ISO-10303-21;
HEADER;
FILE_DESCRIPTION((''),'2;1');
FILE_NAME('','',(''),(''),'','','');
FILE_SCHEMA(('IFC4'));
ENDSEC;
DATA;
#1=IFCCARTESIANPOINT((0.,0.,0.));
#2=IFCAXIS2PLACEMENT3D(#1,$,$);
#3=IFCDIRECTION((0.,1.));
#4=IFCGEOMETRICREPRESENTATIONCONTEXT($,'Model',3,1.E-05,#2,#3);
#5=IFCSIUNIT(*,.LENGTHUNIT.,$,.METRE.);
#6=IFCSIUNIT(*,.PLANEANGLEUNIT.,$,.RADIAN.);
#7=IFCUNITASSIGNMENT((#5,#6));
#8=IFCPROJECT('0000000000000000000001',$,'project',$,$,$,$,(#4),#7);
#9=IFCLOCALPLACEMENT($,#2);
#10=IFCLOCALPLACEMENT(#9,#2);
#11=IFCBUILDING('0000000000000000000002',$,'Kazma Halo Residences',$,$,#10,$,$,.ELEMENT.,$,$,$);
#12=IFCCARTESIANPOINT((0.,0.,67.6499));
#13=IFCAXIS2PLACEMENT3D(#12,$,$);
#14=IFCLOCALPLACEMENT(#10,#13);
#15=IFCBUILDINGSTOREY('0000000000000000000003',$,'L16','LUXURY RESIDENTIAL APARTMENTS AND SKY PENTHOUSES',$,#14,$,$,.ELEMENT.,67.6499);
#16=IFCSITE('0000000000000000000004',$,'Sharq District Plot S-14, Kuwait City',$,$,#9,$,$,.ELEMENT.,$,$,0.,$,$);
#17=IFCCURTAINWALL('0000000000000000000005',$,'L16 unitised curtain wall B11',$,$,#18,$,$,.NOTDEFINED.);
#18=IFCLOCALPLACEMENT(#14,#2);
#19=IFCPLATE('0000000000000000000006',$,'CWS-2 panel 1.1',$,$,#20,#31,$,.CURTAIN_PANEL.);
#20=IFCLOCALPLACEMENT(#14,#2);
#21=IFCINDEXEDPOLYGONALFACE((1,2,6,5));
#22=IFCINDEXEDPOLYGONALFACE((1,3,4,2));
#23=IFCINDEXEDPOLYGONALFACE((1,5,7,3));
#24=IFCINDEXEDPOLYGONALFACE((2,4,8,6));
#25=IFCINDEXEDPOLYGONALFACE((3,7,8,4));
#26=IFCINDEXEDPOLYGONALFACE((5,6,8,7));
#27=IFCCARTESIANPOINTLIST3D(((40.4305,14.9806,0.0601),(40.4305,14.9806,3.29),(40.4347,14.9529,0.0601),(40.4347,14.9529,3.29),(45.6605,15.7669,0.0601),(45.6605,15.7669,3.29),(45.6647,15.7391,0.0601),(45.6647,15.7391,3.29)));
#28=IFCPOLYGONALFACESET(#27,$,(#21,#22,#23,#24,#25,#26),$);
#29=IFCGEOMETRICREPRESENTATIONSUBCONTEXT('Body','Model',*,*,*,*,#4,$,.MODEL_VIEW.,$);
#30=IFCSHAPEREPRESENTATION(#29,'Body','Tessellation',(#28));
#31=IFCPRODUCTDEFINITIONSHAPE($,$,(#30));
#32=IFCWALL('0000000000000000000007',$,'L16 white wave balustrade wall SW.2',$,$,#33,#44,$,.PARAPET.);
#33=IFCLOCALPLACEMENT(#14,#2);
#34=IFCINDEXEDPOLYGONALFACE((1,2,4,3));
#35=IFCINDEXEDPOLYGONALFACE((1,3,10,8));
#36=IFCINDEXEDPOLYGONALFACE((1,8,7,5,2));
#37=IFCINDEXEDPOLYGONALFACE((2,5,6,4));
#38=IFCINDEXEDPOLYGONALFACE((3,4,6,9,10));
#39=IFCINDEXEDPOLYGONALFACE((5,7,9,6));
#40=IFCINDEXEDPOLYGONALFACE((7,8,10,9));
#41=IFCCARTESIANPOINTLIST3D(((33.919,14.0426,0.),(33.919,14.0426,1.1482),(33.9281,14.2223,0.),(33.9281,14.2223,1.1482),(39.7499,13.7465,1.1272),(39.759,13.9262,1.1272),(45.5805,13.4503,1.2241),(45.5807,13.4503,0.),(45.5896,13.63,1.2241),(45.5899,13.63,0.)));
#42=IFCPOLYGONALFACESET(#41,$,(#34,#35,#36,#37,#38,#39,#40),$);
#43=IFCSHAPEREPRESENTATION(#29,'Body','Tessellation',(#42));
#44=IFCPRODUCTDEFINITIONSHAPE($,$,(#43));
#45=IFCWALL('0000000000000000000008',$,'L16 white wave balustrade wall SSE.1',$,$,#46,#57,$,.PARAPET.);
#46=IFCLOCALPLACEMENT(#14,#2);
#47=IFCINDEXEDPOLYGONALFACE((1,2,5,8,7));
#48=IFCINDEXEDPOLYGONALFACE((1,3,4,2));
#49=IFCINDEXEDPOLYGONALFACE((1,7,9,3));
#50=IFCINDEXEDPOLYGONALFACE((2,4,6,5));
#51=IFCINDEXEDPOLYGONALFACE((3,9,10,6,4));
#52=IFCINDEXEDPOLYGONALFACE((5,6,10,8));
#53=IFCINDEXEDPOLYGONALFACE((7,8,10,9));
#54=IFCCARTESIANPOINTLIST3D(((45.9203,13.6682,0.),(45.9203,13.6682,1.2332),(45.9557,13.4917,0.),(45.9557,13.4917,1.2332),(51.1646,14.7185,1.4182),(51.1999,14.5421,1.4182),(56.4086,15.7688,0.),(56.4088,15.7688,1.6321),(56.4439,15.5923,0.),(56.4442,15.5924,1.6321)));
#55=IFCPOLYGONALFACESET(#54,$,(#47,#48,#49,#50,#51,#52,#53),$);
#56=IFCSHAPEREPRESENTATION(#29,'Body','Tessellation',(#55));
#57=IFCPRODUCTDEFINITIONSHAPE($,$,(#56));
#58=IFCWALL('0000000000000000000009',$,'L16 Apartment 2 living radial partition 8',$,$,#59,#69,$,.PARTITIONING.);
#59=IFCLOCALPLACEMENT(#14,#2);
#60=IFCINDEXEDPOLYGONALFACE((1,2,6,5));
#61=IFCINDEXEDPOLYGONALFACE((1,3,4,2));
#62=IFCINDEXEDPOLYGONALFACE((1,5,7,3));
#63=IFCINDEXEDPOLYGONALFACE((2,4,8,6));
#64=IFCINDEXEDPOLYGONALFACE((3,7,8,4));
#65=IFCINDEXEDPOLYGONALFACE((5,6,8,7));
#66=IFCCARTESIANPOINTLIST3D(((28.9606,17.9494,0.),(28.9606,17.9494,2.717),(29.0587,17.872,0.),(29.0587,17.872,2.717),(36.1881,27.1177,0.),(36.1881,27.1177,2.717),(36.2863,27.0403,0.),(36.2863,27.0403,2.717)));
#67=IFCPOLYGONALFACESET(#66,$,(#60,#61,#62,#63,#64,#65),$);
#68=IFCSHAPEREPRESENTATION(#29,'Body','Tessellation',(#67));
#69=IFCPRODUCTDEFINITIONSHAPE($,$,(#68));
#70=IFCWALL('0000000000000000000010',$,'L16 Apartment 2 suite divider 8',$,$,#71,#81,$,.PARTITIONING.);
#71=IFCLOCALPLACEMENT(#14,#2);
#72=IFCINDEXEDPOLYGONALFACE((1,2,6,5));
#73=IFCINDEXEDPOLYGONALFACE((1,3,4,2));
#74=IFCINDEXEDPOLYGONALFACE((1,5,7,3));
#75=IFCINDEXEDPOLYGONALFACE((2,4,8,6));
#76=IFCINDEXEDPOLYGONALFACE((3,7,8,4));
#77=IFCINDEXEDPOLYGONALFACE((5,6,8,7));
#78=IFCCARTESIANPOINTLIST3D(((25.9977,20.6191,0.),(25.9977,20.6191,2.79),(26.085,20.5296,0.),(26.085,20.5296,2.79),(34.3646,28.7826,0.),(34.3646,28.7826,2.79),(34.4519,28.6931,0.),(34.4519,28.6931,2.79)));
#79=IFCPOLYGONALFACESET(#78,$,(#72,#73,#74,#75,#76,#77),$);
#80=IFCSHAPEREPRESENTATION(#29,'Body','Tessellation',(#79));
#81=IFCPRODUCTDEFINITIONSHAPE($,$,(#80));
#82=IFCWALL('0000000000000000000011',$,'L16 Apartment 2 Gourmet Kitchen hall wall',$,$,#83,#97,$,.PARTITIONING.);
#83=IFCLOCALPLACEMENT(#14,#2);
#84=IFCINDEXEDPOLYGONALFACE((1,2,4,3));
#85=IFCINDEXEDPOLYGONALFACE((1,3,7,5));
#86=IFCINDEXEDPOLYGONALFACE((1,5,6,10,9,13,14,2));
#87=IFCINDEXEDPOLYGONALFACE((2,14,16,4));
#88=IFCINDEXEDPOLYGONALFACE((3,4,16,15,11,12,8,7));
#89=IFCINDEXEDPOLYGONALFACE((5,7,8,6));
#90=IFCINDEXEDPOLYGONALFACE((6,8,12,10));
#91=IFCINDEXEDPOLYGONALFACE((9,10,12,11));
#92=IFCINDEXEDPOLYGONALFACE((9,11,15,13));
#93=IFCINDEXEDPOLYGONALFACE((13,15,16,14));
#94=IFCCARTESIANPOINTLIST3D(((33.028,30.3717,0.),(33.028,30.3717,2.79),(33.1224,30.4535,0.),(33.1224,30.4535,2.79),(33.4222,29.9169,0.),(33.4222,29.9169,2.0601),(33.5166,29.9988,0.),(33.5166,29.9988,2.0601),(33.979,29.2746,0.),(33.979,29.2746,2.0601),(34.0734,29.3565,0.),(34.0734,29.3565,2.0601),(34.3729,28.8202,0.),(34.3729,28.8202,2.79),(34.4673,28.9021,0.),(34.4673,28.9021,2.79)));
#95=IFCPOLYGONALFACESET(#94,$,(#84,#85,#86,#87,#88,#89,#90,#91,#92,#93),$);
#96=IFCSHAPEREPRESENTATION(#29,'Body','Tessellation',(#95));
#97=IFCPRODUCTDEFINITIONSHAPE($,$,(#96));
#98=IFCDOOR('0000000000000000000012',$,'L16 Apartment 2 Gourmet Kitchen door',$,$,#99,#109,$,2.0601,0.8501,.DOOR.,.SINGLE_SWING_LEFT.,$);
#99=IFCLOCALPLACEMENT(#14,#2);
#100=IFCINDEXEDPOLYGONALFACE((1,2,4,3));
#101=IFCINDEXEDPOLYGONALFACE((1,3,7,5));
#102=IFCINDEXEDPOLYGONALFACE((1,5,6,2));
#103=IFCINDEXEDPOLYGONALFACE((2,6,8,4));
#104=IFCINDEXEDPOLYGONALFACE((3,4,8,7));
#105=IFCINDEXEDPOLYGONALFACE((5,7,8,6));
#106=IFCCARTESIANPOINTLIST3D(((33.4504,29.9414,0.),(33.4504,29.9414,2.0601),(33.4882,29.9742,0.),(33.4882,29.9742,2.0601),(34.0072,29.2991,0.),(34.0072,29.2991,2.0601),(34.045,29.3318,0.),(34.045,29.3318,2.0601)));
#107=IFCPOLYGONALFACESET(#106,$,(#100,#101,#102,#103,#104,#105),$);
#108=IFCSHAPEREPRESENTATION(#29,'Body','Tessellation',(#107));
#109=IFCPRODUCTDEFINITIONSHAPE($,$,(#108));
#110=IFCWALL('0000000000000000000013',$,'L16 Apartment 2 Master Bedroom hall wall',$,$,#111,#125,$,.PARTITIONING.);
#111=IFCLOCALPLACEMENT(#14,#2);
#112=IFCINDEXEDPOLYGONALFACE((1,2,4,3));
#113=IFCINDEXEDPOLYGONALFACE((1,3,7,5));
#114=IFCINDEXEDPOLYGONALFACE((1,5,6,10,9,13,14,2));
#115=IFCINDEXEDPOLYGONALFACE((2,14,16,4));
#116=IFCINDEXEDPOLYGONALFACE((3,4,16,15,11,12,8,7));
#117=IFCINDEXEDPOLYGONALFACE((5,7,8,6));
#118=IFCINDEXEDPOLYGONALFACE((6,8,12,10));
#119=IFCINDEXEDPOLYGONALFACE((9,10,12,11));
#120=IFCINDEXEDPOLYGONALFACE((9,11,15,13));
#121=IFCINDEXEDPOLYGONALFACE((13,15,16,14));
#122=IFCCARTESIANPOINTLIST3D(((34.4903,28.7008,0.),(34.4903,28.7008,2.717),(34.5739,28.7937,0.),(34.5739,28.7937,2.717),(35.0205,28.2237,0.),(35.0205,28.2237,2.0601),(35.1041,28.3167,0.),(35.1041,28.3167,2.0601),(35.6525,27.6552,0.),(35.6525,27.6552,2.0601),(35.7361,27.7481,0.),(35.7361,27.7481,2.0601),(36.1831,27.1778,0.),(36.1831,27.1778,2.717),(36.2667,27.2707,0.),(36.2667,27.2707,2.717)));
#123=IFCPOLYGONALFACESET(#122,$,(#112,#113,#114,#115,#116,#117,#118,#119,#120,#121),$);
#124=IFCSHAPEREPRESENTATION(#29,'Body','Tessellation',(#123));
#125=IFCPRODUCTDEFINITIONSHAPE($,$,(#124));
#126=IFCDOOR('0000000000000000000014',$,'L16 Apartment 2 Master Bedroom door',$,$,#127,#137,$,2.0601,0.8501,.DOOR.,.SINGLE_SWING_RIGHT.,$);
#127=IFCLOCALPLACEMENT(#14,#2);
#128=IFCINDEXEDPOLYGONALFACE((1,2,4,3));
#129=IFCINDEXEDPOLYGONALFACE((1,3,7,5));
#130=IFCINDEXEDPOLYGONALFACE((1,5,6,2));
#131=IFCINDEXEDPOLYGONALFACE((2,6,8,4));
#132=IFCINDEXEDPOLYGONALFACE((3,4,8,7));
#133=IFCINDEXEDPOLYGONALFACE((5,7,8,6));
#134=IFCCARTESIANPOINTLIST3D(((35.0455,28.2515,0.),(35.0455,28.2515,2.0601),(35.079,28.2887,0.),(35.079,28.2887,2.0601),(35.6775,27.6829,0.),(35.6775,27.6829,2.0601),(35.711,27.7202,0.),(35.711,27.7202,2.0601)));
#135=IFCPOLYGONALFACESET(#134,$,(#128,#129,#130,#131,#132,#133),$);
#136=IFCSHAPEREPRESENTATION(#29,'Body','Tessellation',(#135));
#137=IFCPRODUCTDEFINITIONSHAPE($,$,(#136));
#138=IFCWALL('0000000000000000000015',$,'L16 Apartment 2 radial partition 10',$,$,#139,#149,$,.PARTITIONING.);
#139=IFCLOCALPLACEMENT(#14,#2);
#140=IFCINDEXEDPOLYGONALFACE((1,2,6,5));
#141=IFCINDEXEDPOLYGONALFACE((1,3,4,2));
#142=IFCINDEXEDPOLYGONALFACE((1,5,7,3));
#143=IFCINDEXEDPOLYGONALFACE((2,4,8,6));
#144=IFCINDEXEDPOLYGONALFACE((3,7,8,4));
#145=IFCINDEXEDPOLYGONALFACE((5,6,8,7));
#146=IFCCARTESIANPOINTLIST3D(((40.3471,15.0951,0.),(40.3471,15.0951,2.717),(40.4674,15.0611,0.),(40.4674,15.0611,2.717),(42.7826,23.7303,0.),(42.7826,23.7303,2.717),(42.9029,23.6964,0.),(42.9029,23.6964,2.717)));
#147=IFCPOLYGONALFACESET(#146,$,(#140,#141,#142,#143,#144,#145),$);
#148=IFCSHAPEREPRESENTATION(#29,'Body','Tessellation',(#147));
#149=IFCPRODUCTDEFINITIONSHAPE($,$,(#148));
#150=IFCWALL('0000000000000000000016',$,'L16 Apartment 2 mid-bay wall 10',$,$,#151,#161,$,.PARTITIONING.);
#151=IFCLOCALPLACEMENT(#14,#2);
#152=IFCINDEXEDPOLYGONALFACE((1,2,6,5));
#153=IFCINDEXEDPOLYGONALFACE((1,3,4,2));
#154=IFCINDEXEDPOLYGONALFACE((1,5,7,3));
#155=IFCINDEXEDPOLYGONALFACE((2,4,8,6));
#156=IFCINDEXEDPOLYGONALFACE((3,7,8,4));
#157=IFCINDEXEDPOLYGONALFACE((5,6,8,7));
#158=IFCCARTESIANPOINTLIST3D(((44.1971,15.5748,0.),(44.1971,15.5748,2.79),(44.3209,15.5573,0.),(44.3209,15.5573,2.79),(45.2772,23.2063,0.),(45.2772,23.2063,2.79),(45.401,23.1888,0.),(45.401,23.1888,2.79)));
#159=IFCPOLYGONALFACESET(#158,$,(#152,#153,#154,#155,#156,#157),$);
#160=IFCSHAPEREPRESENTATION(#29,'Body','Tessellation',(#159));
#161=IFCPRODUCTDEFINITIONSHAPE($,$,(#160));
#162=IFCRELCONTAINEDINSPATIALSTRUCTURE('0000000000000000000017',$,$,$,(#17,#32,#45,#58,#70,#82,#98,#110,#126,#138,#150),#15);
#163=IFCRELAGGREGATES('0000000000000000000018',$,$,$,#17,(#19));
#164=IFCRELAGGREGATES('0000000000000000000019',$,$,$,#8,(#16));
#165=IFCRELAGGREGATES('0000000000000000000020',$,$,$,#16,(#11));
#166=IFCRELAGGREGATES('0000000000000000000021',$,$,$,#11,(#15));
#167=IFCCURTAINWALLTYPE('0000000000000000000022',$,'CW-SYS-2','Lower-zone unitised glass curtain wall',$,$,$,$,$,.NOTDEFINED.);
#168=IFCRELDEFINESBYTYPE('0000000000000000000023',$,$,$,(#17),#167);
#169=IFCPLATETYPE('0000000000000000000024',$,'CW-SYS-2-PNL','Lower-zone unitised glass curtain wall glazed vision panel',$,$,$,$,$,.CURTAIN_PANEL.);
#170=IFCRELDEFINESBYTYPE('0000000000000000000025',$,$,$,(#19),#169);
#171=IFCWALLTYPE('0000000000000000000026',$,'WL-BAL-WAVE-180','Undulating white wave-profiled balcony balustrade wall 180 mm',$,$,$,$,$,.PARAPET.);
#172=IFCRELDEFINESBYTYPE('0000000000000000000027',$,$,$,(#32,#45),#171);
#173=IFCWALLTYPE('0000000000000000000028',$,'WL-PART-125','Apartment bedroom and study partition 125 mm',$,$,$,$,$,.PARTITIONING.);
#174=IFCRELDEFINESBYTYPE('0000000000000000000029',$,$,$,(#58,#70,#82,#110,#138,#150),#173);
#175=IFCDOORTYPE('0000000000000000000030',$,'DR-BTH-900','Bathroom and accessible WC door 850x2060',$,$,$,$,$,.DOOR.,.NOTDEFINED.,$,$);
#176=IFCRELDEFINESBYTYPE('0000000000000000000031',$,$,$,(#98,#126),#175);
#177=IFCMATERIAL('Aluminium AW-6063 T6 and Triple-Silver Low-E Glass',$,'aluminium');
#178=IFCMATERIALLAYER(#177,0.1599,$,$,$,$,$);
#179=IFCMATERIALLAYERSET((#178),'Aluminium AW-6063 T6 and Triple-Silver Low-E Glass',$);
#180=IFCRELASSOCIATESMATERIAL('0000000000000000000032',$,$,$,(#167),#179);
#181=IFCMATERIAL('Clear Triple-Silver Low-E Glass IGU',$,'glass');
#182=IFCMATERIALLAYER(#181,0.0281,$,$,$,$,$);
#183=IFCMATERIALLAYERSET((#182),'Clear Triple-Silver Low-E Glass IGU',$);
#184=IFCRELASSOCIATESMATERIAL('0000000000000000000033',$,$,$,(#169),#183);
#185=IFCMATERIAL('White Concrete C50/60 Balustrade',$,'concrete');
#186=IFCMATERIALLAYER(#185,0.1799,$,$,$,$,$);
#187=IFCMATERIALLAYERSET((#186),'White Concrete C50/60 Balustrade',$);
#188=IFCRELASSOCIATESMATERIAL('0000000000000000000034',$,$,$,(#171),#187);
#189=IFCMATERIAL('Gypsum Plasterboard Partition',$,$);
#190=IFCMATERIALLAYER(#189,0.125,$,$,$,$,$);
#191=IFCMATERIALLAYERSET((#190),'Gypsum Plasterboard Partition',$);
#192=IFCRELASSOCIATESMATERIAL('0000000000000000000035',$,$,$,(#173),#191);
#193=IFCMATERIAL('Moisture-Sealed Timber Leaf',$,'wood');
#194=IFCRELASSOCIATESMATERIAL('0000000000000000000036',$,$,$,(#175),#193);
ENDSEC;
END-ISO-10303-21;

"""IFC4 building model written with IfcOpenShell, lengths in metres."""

from ifc_helpers import new_model, si_unit, direction, frame, frame_2d, origin, origin_2d, place, context, subcontext, project, spatial, polyline, rectangle, outline, extrude, material, layer, layer_set, type_object, element, fill, aggregate, save


model = new_model("IFC4")

# Units and contexts
model_context = context("Model", 3, precision=1e-05, world=origin(), true_north=direction((0.0, 1.0)))
body_context = subcontext(model_context, "Body", "Model", "MODEL_VIEW")
ifc_project = project(units=[si_unit("LENGTHUNIT", "METRE"), si_unit("PLANEANGLEUNIT", "RADIAN")], contexts=[model_context])

# Site, building, storey
site_placement = place(None, origin())
site = spatial("IfcSite", under=ifc_project, at=site_placement, Name="Sharq District Plot S-14, Kuwait City", CompositionType="ELEMENT", RefElevation=0.0)
building_placement = place(site_placement, origin())
building = spatial("IfcBuilding", under=site, at=building_placement, Name="Kazma Halo Residences", CompositionType="ELEMENT")
storey_placement = place(building_placement, frame((0.0, 0.0, 67.6499)))
storey = spatial("IfcBuildingStorey", under=building, at=storey_placement, Name="L16", Description="LUXURY RESIDENTIAL APARTMENTS AND SKY PENTHOUSES", CompositionType="ELEMENT", Elevation=67.6499)

# Curtain wall, plate
ifc_material_1 = material(Name="Aluminium AW-6063 T6 and Triple-Silver Low-E Glass", Category="aluminium")
ifc_layer_1 = layer(ifc_material_1, 0.1599)
ifc_layer_set_1 = layer_set([ifc_layer_1], Name="Aluminium AW-6063 T6 and Triple-Silver Low-E Glass")
curtain_wall_type = type_object("IfcCurtainWallType", Name="CW-SYS-2", Description="Lower-zone unitised glass curtain wall", PredefinedType="NOTDEFINED", material=ifc_layer_set_1)
curtain_wall_placement = place(storey_placement, origin())
curtain_wall = element("IfcCurtainWall", 1, at=curtain_wall_placement, inside=storey, type_object=curtain_wall_type, Name="L16 unitised curtain wall B11", PredefinedType="NOTDEFINED")
ifc_material_2 = material(Name="Clear Triple-Silver Low-E Glass IGU", Category="glass")
ifc_layer_2 = layer(ifc_material_2, 0.0281)
ifc_layer_set_2 = layer_set([ifc_layer_2], Name="Clear Triple-Silver Low-E Glass IGU")
plate_type = type_object("IfcPlateType", Name="CW-SYS-2-PNL", Description="Lower-zone unitised glass curtain wall glazed vision panel", PredefinedType="CURTAIN_PANEL", material=ifc_layer_set_2)
plate_placement = place(storey_placement, frame((43.0476, 15.3599, 0.0601), z_axis=(0.0, 0.0, 1.0), x_axis=(0.988889, 0.148657, 0.0)))
plate = element("IfcPlate", 2, at=plate_placement, type_object=plate_type, Name="CWS-2 panel 1.1", PredefinedType="CURTAIN_PANEL", context=body_context, shape_type="SweptSolid", body=[
    extrude(rectangle(XDim=5.2888, YDim=0.0281, at=origin_2d()), origin(), (0.0, 0.0, 1.0), 3.23),
])
aggregate(curtain_wall, [plate])

# Walls
ifc_material_3 = material(Name="White Concrete C50/60 Balustrade", Category="concrete")
ifc_layer_3 = layer(ifc_material_3, 0.1799)
ifc_layer_set_3 = layer_set([ifc_layer_3], Name="White Concrete C50/60 Balustrade")
wall_type_1 = type_object("IfcWallType", Name="WL-BAL-WAVE-180", Description="Undulating white wave-profiled balcony balustrade wall 180 mm", PredefinedType="PARAPET", material=ifc_layer_set_3)
wall_1_placement = place(storey_placement, frame((33.9236, 14.1326, 0.0), z_axis=(0.0, 0.0, 1.0), x_axis=(0.998713, -0.050724, 0.0)))
element("IfcWall", 3, at=wall_1_placement, inside=storey, type_object=wall_type_1, Name="L16 white wave balustrade wall SW.2", PredefinedType="PARAPET", context=body_context, shape_type="SweptSolid", body=[
    extrude(outline(polyline([(0.0, 0.0), (11.6768, 0.0), (11.6765, 1.2241), (5.8384, 1.1272), (0.0, 1.1482), (0.0, 0.0)])), frame((0.0, 0.0898, 0.0), z_axis=(0.0, -1.0, 0.0), x_axis=(1.0, 0.0, 0.0)), (0.0, 0.0, 1.0), 0.1799),
])
wall_2_placement = place(storey_placement, frame((45.938, 13.5801, 0.0), z_axis=(0.0, 0.0, 1.0), x_axis=(0.980528, 0.196379, 0.0)))
element("IfcWall", 4, at=wall_2_placement, inside=storey, type_object=wall_type_1, Name="L16 white wave balustrade wall SSE.1", PredefinedType="PARAPET", context=body_context, shape_type="SweptSolid", body=[
    extrude(outline(polyline([(0.0, 0.0), (10.6965, 0.0), (10.6968, 1.6321), (5.3484, 1.4182), (0.0, 1.2332), (0.0, 0.0)])), frame((0.0, 0.0898, 0.0), z_axis=(0.0, -1.0, 0.0), x_axis=(1.0, 0.0, 0.0)), (0.0, 0.0, 1.0), 0.1799),
])
ifc_material_4 = material(Name="Gypsum Plasterboard Partition")
ifc_layer_4 = layer(ifc_material_4, 0.125)
ifc_layer_set_4 = layer_set([ifc_layer_4], Name="Gypsum Plasterboard Partition")
wall_type_2 = type_object("IfcWallType", Name="WL-PART-125", Description="Apartment bedroom and study partition 125 mm", PredefinedType="PARTITIONING", material=ifc_layer_set_4)
wall_3_placement = place(storey_placement, frame((36.2373, 27.0791, 0.0), z_axis=(0.0, 0.0, 1.0), x_axis=(-0.619089, -0.785321, 0.0)))
element("IfcWall", 5, at=wall_3_placement, inside=storey, type_object=wall_type_2, Name="L16 Apartment 2 living radial partition 8", PredefinedType="PARTITIONING", context=body_context, shape_type="SweptSolid", body=[
    extrude(rectangle(XDim=11.6746, YDim=0.125, at=frame_2d((5.8374, 0.0))), origin(), (0.0, 0.0, 1.0), 2.717),
])
wall_4_placement = place(storey_placement, frame((34.4082, 28.7378, 0.0), z_axis=(0.0, 0.0, 1.0), x_axis=(-0.715752, -0.698355, 0.0)))
element("IfcWall", 6, at=wall_4_placement, inside=storey, type_object=wall_type_2, Name="L16 Apartment 2 suite divider 8", PredefinedType="PARTITIONING", context=body_context, shape_type="SweptSolid", body=[
    extrude(rectangle(XDim=11.6897, YDim=0.125, at=frame_2d((5.8447, 0.0))), origin(), (0.0, 0.0, 1.0), 2.79),
])

# Walls, openings, doors
wall_5_placement = place(storey_placement, frame((33.0752, 30.4126, 0.0), z_axis=(0.0, 0.0, 1.0), x_axis=(0.655021, -0.755611, 0.0)))
wall_5 = element("IfcWall", 7, at=wall_5_placement, inside=storey, type_object=wall_type_2, Name="L16 Apartment 2 Gourmet Kitchen hall wall", PredefinedType="PARTITIONING", context=body_context, shape_type="SweptSolid", body=[
    extrude(rectangle(XDim=2.0532, YDim=0.125, at=frame_2d((1.0266, 0.0))), origin(), (0.0, 0.0, 1.0), 2.79),
])
opening_1_placement = place(wall_5_placement, frame((0.6018, 0.0, 0.0)))
opening_1 = element("IfcOpeningElement", 8, at=opening_1_placement, cuts=wall_5, PredefinedType="OPENING", context=body_context, shape_type="SweptSolid", body=[
    extrude(rectangle(XDim=0.8501, YDim=2.0601, at=frame_2d((0.425, 1.03))), frame((0.0, 0.0725, 0.0), z_axis=(0.0, -1.0, 0.0), x_axis=(1.0, 0.0, 0.0)), (0.0, 0.0, 1.0), 0.145),
])
ifc_material_5 = material(Name="Moisture-Sealed Timber Leaf", Category="wood")
door_type_1 = type_object("IfcDoorType", Name="DR-BTH-900", Description="Bathroom and accessible WC door 850x2060", OperationType="NOTDEFINED", PredefinedType="DOOR", material=ifc_material_5)
door_1_placement = place(opening_1_placement, origin())
door_1 = element("IfcDoor", 9, at=door_1_placement, inside=storey, type_object=door_type_1, Name="L16 Apartment 2 Gourmet Kitchen door", OperationType="SINGLE_SWING_LEFT", OverallHeight=2.0601, OverallWidth=0.8501, PredefinedType="DOOR", context=body_context, shape_type="SweptSolid", body=[
    extrude(rectangle(XDim=0.8501, YDim=2.0601, at=frame_2d((0.425, 1.03))), frame((0.0, 0.0249, 0.0), z_axis=(0.0, -1.0, 0.0), x_axis=(1.0, 0.0, 0.0)), (0.0, 0.0, 1.0), 0.05),
])
fill(opening_1, door_1)
wall_6_placement = place(storey_placement, frame((34.532, 28.7473, 0.0), z_axis=(0.0, 0.0, 1.0), x_axis=(0.743433, -0.668811, 0.0)))
wall_6 = element("IfcWall", 10, at=wall_6_placement, inside=storey, type_object=wall_type_2, Name="L16 Apartment 2 Master Bedroom hall wall", PredefinedType="PARTITIONING", context=body_context, shape_type="SweptSolid", body=[
    extrude(rectangle(XDim=2.2771, YDim=0.125, at=frame_2d((1.1387, 0.0))), origin(), (0.0, 0.0, 1.0), 2.717),
])
opening_2_placement = place(wall_6_placement, frame((0.7134, 0.0, 0.0)))
opening_2 = element("IfcOpeningElement", 11, at=opening_2_placement, cuts=wall_6, PredefinedType="OPENING", context=body_context, shape_type="SweptSolid", body=[
    extrude(rectangle(XDim=0.8501, YDim=2.0601, at=frame_2d((0.425, 1.03))), frame((0.0, 0.0725, 0.0), z_axis=(0.0, -1.0, 0.0), x_axis=(1.0, 0.0, 0.0)), (0.0, 0.0, 1.0), 0.145),
])
door_2_placement = place(opening_2_placement, origin())
door_2 = element("IfcDoor", 12, at=door_2_placement, inside=storey, type_object=door_type_1, Name="L16 Apartment 2 Master Bedroom door", OperationType="SINGLE_SWING_RIGHT", OverallHeight=2.0601, OverallWidth=0.8501, PredefinedType="DOOR", context=body_context, shape_type="SweptSolid", body=[
    extrude(rectangle(XDim=0.8501, YDim=2.0601, at=frame_2d((0.425, 1.03))), frame((0.0, 0.0249, 0.0), z_axis=(0.0, -1.0, 0.0), x_axis=(1.0, 0.0, 0.0)), (0.0, 0.0, 1.0), 0.05),
])
fill(opening_2, door_2)

# Walls
wall_7_placement = place(storey_placement, frame((42.8428, 23.7134, 0.0), z_axis=(0.0, 0.0, 1.0), x_axis=(-0.271456, -0.962451, 0.0)))
element("IfcWall", 13, at=wall_7_placement, inside=storey, type_object=wall_type_2, Name="L16 Apartment 2 radial partition 10", PredefinedType="PARTITIONING", context=body_context, shape_type="SweptSolid", body=[
    extrude(rectangle(XDim=8.9722, YDim=0.125, at=frame_2d((4.4861, 0.0))), origin(), (0.0, 0.0, 1.0), 2.717),
])
wall_8_placement = place(storey_placement, frame((45.3391, 23.1975, 0.0), z_axis=(0.0, 0.0, 1.0), x_axis=(-0.140135, -0.990132, 0.0)))
element("IfcWall", 14, at=wall_8_placement, inside=storey, type_object=wall_type_2, Name="L16 Apartment 2 mid-bay wall 10", PredefinedType="PARTITIONING", context=body_context, shape_type="SweptSolid", body=[
    extrude(rectangle(XDim=7.7075, YDim=0.125, at=frame_2d((3.8538, 0.0))), origin(), (0.0, 0.0, 1.0), 2.79),
])

save(model, "model.ifc")
